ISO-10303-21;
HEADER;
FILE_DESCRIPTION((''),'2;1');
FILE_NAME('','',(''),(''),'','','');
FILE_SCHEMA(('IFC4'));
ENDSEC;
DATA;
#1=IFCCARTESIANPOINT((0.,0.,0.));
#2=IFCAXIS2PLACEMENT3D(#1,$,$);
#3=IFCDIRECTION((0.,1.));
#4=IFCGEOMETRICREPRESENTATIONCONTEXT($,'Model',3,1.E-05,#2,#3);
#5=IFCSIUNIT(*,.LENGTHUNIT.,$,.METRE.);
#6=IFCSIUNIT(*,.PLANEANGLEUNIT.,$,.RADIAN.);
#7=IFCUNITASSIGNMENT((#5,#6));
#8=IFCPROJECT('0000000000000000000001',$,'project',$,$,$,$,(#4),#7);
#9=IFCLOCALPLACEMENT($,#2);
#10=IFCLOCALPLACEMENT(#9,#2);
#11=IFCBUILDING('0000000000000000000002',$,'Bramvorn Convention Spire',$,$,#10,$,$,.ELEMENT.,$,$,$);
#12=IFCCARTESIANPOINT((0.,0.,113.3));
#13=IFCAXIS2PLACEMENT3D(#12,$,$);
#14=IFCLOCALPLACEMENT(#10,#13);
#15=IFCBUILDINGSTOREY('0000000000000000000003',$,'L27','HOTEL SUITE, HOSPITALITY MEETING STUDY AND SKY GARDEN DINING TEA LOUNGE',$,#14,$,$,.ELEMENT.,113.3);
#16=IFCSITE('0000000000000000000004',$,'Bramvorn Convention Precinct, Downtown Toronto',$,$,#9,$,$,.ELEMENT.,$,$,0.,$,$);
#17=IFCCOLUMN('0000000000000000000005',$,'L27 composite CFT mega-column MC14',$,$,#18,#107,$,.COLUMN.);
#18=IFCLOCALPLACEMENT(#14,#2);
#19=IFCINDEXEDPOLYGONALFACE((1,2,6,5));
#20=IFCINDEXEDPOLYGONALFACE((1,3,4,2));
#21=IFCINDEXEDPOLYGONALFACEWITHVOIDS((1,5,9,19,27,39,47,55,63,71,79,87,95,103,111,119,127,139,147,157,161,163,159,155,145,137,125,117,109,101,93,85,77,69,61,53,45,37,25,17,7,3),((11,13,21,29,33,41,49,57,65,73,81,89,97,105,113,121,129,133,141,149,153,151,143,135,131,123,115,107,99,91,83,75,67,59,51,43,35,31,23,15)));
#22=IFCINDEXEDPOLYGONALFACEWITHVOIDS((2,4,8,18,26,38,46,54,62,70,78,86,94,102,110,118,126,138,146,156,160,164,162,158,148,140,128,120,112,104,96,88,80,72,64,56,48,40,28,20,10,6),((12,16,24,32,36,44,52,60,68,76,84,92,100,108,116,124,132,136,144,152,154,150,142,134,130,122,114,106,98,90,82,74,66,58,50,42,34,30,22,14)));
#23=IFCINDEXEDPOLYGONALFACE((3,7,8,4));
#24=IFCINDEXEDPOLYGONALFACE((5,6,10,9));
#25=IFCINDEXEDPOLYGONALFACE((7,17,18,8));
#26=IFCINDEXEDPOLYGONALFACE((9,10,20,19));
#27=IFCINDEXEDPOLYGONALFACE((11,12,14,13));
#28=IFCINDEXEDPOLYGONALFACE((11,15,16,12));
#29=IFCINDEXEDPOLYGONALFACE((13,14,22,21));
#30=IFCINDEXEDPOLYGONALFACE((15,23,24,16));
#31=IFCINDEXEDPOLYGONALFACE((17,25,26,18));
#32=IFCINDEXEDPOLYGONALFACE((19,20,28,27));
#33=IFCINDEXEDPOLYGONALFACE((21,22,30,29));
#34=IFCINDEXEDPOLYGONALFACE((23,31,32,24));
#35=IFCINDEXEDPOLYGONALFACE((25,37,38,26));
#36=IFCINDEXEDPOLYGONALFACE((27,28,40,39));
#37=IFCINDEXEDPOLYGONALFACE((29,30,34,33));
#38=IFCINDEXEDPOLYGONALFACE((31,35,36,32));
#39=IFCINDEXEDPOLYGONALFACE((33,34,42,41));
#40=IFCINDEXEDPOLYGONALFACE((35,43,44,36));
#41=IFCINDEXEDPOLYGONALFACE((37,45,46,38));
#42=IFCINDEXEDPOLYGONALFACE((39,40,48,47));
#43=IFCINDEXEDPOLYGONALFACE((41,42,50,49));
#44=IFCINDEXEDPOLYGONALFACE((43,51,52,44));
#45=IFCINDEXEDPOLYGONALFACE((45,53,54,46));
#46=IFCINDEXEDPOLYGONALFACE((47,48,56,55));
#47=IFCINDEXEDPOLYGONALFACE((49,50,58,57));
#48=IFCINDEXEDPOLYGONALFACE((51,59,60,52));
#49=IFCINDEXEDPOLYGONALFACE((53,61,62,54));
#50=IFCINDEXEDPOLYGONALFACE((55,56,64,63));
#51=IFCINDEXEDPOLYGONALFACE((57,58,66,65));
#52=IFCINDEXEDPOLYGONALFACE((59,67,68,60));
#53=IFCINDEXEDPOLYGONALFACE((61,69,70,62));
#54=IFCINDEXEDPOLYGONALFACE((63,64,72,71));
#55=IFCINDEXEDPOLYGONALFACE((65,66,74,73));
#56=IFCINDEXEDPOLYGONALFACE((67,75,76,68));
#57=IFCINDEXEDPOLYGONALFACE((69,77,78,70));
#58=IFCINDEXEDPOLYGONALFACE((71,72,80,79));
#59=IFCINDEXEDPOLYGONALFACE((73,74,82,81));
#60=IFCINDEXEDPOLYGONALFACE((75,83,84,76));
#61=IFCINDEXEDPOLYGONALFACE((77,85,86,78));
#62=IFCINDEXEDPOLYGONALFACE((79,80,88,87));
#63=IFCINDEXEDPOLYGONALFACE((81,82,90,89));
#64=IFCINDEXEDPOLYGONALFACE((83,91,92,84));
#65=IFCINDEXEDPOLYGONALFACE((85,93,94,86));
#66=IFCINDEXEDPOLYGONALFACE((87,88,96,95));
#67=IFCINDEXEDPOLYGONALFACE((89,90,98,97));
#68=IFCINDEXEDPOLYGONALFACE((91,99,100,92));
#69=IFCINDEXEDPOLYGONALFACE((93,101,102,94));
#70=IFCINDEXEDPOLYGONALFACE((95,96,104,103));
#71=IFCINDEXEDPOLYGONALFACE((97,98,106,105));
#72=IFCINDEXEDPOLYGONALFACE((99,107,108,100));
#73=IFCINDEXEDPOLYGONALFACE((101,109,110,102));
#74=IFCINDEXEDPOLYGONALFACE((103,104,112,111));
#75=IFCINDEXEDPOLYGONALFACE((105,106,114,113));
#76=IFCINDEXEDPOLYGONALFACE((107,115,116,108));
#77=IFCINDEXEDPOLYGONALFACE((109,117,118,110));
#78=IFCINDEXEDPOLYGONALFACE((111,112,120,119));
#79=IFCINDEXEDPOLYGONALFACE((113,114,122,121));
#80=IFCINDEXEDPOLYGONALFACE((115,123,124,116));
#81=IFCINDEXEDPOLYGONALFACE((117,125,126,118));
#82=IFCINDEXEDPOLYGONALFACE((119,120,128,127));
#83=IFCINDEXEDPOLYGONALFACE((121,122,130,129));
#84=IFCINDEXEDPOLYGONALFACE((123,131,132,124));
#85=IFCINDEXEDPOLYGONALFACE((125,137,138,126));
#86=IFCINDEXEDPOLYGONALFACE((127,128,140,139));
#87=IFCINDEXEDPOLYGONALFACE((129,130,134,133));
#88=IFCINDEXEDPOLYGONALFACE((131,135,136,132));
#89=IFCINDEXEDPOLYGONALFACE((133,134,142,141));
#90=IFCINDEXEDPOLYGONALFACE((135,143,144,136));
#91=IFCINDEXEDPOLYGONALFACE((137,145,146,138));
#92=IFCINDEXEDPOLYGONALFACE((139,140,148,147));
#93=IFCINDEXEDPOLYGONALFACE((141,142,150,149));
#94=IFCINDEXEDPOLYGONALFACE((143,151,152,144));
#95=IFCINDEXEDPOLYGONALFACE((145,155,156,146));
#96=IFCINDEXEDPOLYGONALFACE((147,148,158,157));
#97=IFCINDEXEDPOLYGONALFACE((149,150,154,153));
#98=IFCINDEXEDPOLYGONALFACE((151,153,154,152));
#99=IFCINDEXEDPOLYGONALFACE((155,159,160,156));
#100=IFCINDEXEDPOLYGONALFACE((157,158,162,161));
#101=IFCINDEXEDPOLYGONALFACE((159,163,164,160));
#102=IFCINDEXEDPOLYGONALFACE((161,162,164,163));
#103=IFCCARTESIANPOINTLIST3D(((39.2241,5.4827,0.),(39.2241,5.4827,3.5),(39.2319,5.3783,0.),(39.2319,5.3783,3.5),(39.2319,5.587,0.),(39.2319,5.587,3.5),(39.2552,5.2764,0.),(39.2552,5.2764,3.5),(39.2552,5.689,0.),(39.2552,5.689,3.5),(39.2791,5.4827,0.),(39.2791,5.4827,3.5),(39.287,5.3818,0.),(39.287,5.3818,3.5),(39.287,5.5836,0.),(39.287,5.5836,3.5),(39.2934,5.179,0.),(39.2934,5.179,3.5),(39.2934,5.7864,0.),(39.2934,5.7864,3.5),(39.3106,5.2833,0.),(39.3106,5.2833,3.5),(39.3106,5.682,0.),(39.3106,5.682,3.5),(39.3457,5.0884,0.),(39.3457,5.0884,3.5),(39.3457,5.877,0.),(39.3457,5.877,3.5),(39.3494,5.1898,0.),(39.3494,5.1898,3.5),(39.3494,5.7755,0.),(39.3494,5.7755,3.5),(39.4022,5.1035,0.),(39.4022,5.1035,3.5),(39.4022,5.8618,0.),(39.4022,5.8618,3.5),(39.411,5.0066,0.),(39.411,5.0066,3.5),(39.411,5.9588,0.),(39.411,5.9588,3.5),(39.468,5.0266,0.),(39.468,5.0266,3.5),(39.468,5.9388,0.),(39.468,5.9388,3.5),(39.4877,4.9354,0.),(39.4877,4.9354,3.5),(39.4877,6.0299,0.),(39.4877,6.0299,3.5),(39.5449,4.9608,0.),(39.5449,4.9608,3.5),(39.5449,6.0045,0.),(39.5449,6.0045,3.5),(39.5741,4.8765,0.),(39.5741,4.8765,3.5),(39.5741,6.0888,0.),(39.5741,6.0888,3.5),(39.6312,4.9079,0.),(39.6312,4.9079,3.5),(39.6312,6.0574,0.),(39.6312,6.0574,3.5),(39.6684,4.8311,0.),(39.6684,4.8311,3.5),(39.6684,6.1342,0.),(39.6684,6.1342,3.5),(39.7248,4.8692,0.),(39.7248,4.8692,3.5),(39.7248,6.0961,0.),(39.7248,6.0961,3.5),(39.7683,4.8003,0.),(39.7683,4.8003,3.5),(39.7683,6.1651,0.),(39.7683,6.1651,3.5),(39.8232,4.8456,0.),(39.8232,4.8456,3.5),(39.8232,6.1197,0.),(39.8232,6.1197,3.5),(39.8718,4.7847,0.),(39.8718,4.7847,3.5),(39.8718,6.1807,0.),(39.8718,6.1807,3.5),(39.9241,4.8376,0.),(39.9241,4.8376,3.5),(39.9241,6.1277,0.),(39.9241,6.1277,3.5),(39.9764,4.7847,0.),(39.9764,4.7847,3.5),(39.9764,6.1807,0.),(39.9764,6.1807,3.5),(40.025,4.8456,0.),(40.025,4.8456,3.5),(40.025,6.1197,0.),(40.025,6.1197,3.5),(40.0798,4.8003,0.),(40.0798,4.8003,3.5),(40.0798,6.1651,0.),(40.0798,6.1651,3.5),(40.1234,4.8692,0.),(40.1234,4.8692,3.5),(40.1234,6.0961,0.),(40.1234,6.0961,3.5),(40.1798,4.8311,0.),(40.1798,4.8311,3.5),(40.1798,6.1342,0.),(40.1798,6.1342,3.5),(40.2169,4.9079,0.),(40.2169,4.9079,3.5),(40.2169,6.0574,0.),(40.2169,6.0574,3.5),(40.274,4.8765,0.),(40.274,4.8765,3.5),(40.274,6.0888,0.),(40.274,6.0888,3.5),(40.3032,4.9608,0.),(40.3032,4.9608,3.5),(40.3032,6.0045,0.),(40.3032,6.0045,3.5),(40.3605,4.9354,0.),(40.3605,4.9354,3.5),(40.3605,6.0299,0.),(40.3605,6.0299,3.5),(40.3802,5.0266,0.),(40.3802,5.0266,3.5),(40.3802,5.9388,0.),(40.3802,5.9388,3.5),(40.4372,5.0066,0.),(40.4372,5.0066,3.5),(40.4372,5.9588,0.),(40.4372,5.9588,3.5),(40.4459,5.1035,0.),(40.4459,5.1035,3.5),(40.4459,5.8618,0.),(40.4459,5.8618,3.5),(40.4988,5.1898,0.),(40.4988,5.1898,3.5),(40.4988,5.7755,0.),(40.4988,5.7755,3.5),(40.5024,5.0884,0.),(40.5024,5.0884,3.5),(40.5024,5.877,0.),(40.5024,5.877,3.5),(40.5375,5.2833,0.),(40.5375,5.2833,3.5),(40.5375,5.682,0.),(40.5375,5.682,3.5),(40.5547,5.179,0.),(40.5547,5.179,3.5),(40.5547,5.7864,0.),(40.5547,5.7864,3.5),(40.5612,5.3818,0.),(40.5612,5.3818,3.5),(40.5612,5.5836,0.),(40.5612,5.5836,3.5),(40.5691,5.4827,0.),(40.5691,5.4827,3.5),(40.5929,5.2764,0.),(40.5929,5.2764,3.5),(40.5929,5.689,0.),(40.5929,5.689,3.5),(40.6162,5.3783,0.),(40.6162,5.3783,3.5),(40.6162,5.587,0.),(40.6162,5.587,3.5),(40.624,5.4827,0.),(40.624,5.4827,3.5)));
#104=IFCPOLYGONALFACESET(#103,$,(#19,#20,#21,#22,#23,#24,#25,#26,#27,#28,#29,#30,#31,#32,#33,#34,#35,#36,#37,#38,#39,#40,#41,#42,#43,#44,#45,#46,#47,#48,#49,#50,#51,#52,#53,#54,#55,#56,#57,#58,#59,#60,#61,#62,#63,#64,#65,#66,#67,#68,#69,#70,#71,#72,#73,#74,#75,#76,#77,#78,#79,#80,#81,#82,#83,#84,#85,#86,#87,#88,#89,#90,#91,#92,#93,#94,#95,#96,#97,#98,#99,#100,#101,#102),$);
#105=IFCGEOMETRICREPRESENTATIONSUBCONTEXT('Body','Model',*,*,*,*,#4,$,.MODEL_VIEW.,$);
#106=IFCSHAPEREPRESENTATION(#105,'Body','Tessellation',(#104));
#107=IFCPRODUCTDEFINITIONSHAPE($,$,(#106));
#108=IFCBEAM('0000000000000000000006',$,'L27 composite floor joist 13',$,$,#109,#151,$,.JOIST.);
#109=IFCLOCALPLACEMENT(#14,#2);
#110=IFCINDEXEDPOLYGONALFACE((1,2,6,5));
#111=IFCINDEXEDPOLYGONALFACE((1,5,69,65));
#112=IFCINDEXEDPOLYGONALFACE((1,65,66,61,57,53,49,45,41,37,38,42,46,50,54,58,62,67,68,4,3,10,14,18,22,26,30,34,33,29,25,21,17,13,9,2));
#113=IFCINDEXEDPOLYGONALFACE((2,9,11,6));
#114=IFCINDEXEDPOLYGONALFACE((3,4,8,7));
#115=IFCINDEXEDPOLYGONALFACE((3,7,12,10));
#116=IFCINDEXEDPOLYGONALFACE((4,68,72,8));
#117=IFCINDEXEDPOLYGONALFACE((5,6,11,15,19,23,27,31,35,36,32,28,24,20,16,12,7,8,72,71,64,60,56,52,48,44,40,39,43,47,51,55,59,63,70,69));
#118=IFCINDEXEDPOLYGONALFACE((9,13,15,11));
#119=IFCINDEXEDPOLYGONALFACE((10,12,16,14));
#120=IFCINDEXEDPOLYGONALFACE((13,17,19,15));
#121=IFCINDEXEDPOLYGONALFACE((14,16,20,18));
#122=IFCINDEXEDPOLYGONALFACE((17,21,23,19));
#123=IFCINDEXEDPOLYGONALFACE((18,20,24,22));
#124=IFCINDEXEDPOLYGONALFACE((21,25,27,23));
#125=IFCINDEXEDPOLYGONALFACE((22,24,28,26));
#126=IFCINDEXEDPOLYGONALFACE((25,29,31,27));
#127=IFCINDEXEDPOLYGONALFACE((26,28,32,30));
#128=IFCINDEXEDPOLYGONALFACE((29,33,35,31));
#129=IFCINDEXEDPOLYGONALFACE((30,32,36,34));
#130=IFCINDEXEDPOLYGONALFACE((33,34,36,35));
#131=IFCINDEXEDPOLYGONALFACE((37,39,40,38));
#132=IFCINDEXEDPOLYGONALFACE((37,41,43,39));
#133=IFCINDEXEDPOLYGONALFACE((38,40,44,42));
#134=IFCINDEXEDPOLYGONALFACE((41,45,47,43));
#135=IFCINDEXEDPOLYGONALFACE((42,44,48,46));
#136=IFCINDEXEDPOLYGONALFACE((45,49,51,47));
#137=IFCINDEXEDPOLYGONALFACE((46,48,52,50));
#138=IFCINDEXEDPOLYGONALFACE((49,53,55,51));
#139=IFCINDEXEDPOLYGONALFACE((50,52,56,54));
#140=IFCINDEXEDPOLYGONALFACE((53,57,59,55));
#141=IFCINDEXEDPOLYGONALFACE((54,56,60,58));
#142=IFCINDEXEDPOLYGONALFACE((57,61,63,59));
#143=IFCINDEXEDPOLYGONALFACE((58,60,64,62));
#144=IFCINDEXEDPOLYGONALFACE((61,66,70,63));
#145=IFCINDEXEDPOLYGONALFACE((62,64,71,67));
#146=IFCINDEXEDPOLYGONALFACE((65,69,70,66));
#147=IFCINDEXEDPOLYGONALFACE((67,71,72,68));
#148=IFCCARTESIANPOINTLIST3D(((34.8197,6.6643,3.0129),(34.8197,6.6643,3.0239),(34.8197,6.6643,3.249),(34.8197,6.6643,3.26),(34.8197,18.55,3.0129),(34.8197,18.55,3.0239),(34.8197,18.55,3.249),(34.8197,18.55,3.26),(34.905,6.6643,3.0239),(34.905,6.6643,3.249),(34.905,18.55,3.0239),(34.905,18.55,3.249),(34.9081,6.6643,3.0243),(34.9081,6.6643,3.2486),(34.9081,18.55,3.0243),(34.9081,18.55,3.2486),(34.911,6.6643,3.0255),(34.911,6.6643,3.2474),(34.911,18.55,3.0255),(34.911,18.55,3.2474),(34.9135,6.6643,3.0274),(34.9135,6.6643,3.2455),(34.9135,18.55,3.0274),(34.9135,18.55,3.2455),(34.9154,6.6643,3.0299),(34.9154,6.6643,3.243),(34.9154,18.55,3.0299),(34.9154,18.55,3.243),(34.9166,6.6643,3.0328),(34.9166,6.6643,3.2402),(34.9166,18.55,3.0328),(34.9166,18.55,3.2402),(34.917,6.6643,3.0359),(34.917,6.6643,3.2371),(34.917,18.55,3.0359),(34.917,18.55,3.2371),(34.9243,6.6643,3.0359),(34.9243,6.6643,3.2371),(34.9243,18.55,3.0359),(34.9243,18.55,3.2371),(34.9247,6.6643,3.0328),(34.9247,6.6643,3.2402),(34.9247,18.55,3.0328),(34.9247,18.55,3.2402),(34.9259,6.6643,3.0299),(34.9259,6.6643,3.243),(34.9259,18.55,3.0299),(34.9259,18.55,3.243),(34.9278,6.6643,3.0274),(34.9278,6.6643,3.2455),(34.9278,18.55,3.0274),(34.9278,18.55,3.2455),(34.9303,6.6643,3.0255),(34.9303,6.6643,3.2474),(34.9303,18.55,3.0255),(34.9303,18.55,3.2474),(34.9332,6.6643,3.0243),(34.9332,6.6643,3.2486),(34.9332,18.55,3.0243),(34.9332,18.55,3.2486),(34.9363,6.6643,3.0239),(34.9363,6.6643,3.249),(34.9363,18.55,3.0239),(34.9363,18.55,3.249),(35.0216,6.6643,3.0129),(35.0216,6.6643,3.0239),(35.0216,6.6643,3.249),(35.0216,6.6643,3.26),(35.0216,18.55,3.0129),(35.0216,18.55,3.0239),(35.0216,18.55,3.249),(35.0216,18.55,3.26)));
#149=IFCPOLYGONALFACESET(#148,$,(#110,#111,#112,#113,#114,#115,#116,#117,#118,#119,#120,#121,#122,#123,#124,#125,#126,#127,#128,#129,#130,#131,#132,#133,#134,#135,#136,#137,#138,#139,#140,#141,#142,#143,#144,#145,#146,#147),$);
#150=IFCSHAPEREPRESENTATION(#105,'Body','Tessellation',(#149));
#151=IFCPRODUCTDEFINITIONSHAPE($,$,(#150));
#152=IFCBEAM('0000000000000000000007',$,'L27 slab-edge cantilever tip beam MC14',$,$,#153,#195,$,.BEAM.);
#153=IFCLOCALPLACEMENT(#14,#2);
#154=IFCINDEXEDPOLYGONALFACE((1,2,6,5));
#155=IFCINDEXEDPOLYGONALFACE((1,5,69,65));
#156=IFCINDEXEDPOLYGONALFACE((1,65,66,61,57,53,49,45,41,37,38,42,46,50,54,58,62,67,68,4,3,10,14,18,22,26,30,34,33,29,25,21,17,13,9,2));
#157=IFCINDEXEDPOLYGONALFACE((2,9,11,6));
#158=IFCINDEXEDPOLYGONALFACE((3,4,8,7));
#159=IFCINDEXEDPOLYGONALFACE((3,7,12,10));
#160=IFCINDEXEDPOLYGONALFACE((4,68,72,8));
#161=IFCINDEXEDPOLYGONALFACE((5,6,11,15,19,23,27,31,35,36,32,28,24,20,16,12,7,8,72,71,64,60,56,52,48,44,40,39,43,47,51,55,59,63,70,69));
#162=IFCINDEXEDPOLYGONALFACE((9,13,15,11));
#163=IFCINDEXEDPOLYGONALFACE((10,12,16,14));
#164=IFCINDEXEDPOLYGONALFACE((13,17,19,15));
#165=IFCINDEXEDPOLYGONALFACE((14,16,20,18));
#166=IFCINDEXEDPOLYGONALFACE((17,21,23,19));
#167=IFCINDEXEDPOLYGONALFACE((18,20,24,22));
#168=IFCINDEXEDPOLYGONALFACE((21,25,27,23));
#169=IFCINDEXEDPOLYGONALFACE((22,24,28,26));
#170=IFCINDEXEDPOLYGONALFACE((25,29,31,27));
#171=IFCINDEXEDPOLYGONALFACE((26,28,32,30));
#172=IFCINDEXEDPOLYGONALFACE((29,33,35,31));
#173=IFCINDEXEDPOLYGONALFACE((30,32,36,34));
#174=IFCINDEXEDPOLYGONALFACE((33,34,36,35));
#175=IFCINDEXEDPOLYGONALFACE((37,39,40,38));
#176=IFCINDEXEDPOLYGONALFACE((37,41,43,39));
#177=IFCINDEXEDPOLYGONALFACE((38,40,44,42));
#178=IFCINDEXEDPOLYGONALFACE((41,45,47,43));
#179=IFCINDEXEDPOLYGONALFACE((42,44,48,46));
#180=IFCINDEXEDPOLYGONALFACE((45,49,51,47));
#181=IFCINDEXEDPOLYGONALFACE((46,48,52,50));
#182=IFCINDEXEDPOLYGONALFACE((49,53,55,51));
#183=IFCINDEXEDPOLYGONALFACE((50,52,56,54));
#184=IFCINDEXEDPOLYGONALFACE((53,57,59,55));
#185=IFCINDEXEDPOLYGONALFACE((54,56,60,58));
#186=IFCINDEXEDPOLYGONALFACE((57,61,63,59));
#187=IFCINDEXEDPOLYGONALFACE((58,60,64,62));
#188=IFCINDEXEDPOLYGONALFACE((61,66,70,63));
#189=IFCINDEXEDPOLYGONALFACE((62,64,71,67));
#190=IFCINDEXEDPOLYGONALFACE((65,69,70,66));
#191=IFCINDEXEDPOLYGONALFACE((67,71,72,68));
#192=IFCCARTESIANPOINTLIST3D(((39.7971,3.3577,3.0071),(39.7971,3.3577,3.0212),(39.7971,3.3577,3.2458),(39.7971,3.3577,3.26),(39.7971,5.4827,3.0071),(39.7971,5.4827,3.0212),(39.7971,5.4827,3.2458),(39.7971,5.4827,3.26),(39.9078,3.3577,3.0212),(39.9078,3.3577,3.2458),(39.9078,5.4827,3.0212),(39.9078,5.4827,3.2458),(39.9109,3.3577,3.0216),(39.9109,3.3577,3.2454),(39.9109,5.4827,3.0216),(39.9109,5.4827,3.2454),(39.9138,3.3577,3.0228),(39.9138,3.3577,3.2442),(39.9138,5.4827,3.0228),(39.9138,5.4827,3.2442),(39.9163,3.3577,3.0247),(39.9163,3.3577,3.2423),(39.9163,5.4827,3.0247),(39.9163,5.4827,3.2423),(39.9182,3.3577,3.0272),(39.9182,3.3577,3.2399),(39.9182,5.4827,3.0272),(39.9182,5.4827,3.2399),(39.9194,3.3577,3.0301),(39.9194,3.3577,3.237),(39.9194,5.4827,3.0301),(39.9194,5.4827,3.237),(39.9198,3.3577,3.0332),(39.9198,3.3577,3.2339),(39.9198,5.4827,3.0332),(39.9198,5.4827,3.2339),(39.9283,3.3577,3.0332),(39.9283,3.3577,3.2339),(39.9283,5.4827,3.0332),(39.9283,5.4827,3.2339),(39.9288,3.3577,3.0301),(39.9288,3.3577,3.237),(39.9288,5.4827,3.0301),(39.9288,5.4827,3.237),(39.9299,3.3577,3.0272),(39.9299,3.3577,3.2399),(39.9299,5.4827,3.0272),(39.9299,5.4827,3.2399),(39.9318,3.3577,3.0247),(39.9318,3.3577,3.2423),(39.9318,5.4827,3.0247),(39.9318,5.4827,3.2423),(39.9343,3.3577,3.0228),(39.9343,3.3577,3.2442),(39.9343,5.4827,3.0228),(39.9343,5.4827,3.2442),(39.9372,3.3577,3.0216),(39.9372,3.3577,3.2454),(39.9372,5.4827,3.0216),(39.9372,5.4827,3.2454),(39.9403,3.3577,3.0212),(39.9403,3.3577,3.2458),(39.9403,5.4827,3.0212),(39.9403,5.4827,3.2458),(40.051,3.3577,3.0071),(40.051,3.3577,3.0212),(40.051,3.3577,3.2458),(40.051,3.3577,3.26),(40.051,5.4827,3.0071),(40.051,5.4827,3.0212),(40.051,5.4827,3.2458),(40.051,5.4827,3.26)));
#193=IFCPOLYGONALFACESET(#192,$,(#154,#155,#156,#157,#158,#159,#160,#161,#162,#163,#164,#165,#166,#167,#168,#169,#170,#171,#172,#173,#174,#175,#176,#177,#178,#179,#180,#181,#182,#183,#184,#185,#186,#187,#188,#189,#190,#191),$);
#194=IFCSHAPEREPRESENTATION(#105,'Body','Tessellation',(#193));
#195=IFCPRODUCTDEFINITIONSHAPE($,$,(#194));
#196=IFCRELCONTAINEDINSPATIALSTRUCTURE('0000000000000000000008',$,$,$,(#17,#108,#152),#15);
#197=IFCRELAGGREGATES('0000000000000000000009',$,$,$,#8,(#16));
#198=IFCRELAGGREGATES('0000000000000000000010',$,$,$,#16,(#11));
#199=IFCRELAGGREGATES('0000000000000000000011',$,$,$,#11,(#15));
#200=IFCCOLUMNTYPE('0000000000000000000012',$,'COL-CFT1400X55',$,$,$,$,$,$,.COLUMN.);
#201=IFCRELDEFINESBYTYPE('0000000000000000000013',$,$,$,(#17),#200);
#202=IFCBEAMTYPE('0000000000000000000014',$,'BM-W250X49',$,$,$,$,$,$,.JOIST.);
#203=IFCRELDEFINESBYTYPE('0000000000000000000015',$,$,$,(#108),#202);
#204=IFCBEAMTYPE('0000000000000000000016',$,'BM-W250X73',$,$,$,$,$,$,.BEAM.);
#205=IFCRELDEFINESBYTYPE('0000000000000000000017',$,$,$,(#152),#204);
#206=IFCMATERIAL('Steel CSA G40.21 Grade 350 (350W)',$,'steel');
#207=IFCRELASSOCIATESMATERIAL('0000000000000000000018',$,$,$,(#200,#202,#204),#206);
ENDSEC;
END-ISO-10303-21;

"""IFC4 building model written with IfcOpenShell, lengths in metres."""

from ifc_helpers import new_model, si_unit, direction, frame, origin, origin_2d, place, context, subcontext, project, spatial, hollow_circle, i_section, extrude, material, material_profile, profile_set, type_object, element, save


model = new_model("IFC4")

# Units and contexts
model_context = context("Model", 3, precision=1e-05, world=origin(), true_north=direction((0.0, 1.0)))
body_context = subcontext(model_context, "Body", "Model", "MODEL_VIEW")
ifc_project = project(units=[si_unit("LENGTHUNIT", "METRE"), si_unit("PLANEANGLEUNIT", "RADIAN")], contexts=[model_context])

# Site, building, storey
site_placement = place(None, origin())
site = spatial("IfcSite", under=ifc_project, at=site_placement, Name="Bramvorn Convention Precinct, Downtown Toronto", CompositionType="ELEMENT", RefElevation=0.0)
building_placement = place(site_placement, origin())
building = spatial("IfcBuilding", under=site, at=building_placement, Name="Bramvorn Convention Spire", CompositionType="ELEMENT")
storey_placement = place(building_placement, frame((0.0, 0.0, 113.3)))
storey = spatial("IfcBuildingStorey", under=building, at=storey_placement, Name="L27", Description="HOTEL SUITE, HOSPITALITY MEETING STUDY AND SKY GARDEN DINING TEA LOUNGE", CompositionType="ELEMENT", Elevation=113.3)

# Column
ifc_material_1 = material(Name="Steel CSA G40.21 Grade 350 (350W)", Category="steel")
ifc_material_profile_1 = material_profile(ifc_material_1, hollow_circle(Radius=0.7, WallThickness=0.0549, at=origin_2d()))
ifc_profile_set_1 = profile_set([ifc_material_profile_1], Name="Steel CSA G40.21 Grade 350 (350W) - CFT1400X55")
column_type = type_object("IfcColumnType", Name="COL-CFT1400X55", PredefinedType="COLUMN", material=ifc_profile_set_1)
column_placement = place(storey_placement, frame((39.9241, 5.4827, 0.0), z_axis=(0.0, 0.0, 1.0), x_axis=(1.0, 0.0, 0.0)))
element("IfcColumn", 1, at=column_placement, inside=storey, type_object=column_type, Name="L27 composite CFT mega-column MC14", PredefinedType="COLUMN", context=body_context, shape_type="SweptSolid", body=[
    extrude(hollow_circle(Radius=0.7, WallThickness=0.0549, at=origin_2d()), origin(), (0.0, 0.0, 1.0), 3.5),
])

# Beams
ifc_material_profile_2 = material_profile(ifc_material_1, i_section(OverallWidth=0.2019, OverallDepth=0.2471, WebThickness=0.0073, FlangeThickness=0.011, FilletRadius=0.012, at=origin_2d()))
ifc_profile_set_2 = profile_set([ifc_material_profile_2], Name="Steel CSA G40.21 Grade 350 (350W) - W250X49")
beam_type_1 = type_object("IfcBeamType", Name="BM-W250X49", PredefinedType="JOIST", material=ifc_profile_set_2)
beam_1_placement = place(storey_placement, frame((34.9207, 18.55, 3.1365), z_axis=(0.0, -1.0, 0.0), x_axis=(1.0, 0.0, 0.0)))
element("IfcBeam", 2, at=beam_1_placement, inside=storey, type_object=beam_type_1, Name="L27 composite floor joist 13", PredefinedType="JOIST", context=body_context, shape_type="SweptSolid", body=[
    extrude(i_section(OverallWidth=0.2019, OverallDepth=0.2471, WebThickness=0.0073, FlangeThickness=0.011, FilletRadius=0.012, at=origin_2d()), origin(), (0.0, 0.0, 1.0), 11.8857),
])
ifc_material_profile_3 = material_profile(ifc_material_1, i_section(OverallWidth=0.2539, OverallDepth=0.2529, WebThickness=0.0085, FlangeThickness=0.0142, FilletRadius=0.012, at=origin_2d()))
ifc_profile_set_3 = profile_set([ifc_material_profile_3], Name="Steel CSA G40.21 Grade 350 (350W) - W250X73")
beam_type_2 = type_object("IfcBeamType", Name="BM-W250X73", PredefinedType="BEAM", material=ifc_profile_set_3)
beam_2_placement = place(storey_placement, frame((39.9241, 5.4827, 3.1335), z_axis=(0.0, -1.0, 0.0), x_axis=(1.0, 0.0, 0.0)))
element("IfcBeam", 3, at=beam_2_placement, inside=storey, type_object=beam_type_2, Name="L27 slab-edge cantilever tip beam MC14", PredefinedType="BEAM", context=body_context, shape_type="SweptSolid", body=[
    extrude(i_section(OverallWidth=0.2539, OverallDepth=0.2529, WebThickness=0.0085, FlangeThickness=0.0142, FilletRadius=0.012, at=origin_2d()), origin(), (0.0, 0.0, 1.0), 2.125),
])

save(model, "model.ifc")
